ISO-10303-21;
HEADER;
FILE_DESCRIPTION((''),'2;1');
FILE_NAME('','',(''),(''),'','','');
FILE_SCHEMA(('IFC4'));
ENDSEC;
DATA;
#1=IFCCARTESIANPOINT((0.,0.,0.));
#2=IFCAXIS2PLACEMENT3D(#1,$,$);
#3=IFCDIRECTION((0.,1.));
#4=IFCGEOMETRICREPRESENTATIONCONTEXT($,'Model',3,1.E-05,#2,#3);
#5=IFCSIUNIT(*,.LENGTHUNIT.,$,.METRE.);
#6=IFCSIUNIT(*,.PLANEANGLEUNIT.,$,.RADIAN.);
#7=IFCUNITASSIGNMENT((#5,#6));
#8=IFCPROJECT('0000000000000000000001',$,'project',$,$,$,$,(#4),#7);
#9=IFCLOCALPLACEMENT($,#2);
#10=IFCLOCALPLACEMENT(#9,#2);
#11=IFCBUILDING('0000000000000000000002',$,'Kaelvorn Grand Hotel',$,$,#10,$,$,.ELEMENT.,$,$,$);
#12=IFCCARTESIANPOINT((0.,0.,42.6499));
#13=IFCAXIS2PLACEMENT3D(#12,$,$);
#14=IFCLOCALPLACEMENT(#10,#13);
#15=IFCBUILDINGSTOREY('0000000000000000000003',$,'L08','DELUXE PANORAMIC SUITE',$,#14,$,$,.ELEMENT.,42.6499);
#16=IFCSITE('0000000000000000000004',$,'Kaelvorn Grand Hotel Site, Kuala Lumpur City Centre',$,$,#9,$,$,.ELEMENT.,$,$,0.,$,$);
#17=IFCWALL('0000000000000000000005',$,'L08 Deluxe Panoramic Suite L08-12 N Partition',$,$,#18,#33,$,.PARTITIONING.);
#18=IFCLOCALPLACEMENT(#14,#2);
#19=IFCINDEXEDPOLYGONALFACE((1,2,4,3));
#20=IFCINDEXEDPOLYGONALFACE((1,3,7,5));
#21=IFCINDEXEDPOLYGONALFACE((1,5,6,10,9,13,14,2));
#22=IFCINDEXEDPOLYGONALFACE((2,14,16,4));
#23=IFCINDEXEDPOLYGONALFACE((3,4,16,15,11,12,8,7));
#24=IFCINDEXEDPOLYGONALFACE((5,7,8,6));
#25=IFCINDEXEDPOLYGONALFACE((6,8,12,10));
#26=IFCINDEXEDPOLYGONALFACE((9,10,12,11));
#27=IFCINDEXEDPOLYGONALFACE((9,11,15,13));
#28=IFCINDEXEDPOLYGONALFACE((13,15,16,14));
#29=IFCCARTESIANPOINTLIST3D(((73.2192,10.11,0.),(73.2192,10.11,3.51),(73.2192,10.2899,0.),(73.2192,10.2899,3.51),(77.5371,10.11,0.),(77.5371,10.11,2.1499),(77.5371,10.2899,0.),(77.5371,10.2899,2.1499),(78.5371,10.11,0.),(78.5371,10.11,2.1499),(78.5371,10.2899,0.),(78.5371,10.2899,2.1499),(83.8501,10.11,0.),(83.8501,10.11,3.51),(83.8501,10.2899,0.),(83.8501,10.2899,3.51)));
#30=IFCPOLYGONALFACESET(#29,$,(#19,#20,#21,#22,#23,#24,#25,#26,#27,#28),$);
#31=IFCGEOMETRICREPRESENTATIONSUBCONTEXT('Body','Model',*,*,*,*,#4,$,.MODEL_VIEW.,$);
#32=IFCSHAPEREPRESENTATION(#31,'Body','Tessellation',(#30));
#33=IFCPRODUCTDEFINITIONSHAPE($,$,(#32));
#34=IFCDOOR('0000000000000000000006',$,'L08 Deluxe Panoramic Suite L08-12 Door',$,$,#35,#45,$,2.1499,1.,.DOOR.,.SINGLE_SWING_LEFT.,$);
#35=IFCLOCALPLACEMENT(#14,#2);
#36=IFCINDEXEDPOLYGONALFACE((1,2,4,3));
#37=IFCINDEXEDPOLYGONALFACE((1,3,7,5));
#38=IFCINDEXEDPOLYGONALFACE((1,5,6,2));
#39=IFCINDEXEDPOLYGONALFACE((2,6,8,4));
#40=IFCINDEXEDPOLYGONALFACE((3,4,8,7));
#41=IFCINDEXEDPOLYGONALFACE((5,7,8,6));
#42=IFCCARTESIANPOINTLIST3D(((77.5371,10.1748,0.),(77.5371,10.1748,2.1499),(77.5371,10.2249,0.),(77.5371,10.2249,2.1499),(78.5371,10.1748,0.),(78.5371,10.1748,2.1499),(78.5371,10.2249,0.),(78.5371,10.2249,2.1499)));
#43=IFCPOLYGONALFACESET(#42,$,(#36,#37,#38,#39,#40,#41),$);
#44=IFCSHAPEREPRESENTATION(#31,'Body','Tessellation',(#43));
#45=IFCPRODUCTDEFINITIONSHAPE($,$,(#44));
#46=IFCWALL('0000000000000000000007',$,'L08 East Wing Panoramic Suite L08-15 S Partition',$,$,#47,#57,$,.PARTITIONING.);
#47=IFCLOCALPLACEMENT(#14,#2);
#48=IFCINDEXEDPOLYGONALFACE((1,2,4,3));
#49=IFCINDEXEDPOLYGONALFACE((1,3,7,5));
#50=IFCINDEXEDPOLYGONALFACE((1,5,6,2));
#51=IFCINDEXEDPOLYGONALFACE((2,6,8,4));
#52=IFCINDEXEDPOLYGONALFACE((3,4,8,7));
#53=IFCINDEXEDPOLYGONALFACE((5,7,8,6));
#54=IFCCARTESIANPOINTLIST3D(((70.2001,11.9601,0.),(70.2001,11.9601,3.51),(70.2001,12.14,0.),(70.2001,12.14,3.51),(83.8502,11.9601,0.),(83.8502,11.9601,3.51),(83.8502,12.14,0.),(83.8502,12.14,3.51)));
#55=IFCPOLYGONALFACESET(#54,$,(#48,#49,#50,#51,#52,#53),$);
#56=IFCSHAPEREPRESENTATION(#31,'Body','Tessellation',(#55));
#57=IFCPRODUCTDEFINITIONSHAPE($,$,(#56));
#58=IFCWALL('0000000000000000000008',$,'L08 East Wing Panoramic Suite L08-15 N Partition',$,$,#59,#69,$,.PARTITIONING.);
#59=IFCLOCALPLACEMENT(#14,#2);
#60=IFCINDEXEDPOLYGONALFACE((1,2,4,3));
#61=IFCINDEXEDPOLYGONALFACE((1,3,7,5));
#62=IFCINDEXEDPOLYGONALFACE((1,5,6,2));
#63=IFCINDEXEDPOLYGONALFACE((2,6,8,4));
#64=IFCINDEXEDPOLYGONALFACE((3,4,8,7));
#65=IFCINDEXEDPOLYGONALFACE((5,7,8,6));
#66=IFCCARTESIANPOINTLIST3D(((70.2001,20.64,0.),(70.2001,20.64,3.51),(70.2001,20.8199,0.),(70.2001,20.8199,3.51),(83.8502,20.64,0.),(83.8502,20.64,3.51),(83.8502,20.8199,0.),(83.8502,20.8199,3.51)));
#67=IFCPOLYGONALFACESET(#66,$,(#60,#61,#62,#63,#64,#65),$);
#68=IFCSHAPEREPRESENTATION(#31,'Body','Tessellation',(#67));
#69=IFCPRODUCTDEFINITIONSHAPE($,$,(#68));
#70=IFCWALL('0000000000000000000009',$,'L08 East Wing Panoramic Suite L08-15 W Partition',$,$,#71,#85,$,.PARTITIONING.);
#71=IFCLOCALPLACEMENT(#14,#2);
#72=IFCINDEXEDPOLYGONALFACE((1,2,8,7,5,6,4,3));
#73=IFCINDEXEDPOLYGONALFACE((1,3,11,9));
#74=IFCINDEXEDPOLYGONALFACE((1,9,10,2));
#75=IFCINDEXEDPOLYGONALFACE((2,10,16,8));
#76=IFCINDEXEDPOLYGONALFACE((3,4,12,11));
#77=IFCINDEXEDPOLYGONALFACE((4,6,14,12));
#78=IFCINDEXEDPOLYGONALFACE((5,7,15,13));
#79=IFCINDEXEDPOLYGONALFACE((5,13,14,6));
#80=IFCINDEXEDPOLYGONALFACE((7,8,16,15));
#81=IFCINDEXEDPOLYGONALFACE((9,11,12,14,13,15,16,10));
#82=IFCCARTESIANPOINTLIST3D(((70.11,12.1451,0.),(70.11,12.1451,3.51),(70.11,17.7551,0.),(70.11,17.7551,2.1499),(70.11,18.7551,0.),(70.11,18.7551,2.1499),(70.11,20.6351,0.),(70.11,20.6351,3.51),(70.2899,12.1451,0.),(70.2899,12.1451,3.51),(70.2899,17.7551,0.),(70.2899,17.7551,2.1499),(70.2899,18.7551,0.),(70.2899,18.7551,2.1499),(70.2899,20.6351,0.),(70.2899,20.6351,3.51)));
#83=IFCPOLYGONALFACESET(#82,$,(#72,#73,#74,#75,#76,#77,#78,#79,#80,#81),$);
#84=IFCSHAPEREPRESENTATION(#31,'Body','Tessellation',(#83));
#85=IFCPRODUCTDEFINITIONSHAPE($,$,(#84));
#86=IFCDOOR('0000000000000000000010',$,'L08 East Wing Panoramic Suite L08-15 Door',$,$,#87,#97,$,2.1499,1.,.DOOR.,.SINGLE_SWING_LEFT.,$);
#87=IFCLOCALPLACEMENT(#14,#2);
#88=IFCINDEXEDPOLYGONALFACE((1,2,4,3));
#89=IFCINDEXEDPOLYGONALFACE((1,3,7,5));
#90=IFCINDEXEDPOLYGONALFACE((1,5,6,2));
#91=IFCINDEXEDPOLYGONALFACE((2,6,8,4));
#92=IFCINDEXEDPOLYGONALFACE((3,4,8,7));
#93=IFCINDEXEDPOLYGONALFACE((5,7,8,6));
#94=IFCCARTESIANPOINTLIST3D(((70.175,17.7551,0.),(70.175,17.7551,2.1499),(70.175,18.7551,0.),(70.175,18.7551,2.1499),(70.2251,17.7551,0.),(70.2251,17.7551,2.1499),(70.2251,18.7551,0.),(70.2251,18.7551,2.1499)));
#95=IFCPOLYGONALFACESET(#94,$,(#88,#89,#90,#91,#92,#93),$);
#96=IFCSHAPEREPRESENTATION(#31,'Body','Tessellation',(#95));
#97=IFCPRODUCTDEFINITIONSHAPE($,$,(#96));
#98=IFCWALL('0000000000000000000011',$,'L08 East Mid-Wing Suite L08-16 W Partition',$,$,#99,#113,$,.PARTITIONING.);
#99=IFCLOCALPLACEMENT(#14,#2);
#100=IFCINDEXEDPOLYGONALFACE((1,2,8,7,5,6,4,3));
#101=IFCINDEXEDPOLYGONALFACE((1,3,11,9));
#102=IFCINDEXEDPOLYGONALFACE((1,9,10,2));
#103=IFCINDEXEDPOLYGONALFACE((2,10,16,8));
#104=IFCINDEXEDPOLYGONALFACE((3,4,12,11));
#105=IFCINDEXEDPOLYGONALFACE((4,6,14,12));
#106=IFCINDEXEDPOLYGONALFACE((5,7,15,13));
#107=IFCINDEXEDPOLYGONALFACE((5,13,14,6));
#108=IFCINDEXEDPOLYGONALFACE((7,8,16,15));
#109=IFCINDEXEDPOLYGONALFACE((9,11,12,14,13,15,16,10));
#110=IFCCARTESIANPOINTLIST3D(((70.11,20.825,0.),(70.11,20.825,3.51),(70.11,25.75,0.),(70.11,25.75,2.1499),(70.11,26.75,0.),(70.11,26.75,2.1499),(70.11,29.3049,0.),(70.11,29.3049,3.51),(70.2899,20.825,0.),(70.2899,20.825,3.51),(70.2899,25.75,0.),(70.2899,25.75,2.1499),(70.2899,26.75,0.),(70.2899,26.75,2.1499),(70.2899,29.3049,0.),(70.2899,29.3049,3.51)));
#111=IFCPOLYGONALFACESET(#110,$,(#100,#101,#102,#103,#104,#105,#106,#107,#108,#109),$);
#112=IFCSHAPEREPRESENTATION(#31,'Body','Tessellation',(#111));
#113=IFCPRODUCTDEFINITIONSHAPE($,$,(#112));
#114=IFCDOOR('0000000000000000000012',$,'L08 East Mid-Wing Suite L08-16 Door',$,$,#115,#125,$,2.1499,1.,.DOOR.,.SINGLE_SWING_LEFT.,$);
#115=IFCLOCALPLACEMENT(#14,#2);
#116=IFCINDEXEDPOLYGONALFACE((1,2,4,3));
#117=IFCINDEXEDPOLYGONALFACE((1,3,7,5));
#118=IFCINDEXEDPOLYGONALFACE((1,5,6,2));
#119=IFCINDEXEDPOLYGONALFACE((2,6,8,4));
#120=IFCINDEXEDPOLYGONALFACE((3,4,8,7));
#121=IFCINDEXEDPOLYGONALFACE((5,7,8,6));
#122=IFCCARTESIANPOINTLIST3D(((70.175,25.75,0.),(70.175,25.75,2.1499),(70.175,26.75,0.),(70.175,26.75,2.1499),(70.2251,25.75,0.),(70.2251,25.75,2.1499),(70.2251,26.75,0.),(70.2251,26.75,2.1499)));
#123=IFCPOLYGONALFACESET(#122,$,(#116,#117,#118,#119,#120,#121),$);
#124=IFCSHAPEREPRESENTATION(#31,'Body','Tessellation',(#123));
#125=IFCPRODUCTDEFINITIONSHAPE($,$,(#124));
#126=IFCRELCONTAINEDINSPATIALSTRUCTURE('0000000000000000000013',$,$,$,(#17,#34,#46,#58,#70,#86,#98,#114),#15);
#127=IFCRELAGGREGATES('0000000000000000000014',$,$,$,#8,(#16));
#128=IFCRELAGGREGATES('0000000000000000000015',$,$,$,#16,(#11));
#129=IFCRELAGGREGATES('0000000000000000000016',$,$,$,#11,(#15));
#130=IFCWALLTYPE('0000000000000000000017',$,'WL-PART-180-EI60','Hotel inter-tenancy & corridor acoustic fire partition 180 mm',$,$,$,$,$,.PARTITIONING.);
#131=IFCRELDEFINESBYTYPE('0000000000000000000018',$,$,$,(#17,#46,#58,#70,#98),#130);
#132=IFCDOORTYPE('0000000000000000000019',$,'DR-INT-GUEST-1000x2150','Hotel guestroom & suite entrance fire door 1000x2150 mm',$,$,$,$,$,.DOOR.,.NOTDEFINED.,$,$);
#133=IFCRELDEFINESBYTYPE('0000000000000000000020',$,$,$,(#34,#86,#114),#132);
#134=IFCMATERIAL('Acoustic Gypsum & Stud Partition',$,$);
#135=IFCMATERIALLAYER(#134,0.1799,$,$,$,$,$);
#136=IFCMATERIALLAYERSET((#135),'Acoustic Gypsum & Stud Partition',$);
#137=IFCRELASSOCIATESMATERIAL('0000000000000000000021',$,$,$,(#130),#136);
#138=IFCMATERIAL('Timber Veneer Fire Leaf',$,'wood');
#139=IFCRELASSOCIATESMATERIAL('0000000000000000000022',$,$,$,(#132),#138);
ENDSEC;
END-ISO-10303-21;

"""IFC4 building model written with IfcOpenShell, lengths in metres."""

from ifc_helpers import new_model, si_unit, direction, frame, frame_2d, origin, place, context, subcontext, project, spatial, rectangle, extrude, material, layer, layer_set, type_object, element, fill, save


model = new_model("IFC4")

# Units and contexts
model_context = context("Model", 3, precision=1e-05, world=origin(), true_north=direction((0.0, 1.0)))
body_context = subcontext(model_context, "Body", "Model", "MODEL_VIEW")
ifc_project = project(units=[si_unit("LENGTHUNIT", "METRE"), si_unit("PLANEANGLEUNIT", "RADIAN")], contexts=[model_context])

# Site, building, storey
site_placement = place(None, origin())
site = spatial("IfcSite", under=ifc_project, at=site_placement, Name="Kaelvorn Grand Hotel Site, Kuala Lumpur City Centre", CompositionType="ELEMENT", RefElevation=0.0)
building_placement = place(site_placement, origin())
building = spatial("IfcBuilding", under=site, at=building_placement, Name="Kaelvorn Grand Hotel", CompositionType="ELEMENT")
storey_placement = place(building_placement, frame((0.0, 0.0, 42.6499)))
storey = spatial("IfcBuildingStorey", under=building, at=storey_placement, Name="L08", Description="DELUXE PANORAMIC SUITE", CompositionType="ELEMENT", Elevation=42.6499)

# Shared definitions
ifc_material_1 = material(Name="Acoustic Gypsum & Stud Partition")

# Wall, opening, door
ifc_layer_1 = layer(ifc_material_1, 0.1799)
ifc_layer_set_1 = layer_set([ifc_layer_1], Name="Acoustic Gypsum & Stud Partition")
wall_type_1 = type_object("IfcWallType", Name="WL-PART-180-EI60", Description="Hotel inter-tenancy & corridor acoustic fire partition 180 mm", PredefinedType="PARTITIONING", material=ifc_layer_set_1)
wall_1_placement = place(storey_placement, frame((73.2192, 10.2, 0.0), z_axis=(0.0, 0.0, 1.0), x_axis=(1.0, 0.0, 0.0)))
wall_1 = element("IfcWall", 1, at=wall_1_placement, inside=storey, type_object=wall_type_1, Name="L08 Deluxe Panoramic Suite L08-12 N Partition", PredefinedType="PARTITIONING", context=body_context, shape_type="SweptSolid", body=[
    extrude(rectangle(XDim=10.6309, YDim=0.1799, at=frame_2d((5.3154, 0.0))), origin(), (0.0, 0.0, 1.0), 3.51),
])
opening_1_placement = place(wall_1_placement, frame((4.3179, 0.0, 0.0)))
opening_1 = element("IfcOpeningElement", 2, at=opening_1_placement, cuts=wall_1, PredefinedType="OPENING", context=body_context, shape_type="SweptSolid", body=[
    extrude(rectangle(XDim=1.0, YDim=2.1499, at=frame_2d((0.5, 1.075))), frame((0.0, 0.1001, 0.0), z_axis=(0.0, -1.0, 0.0), x_axis=(1.0, 0.0, 0.0)), (0.0, 0.0, 1.0), 0.2),
])
ifc_material_2 = material(Name="Timber Veneer Fire Leaf", Category="wood")
door_type_1 = type_object("IfcDoorType", Name="DR-INT-GUEST-1000x2150", Description="Hotel guestroom & suite entrance fire door 1000x2150 mm", OperationType="NOTDEFINED", PredefinedType="DOOR", material=ifc_material_2)
door_1_placement = place(opening_1_placement, origin())
door_1 = element("IfcDoor", 3, at=door_1_placement, inside=storey, type_object=door_type_1, Name="L08 Deluxe Panoramic Suite L08-12 Door", OperationType="SINGLE_SWING_LEFT", OverallHeight=2.1499, OverallWidth=1.0, PredefinedType="DOOR", context=body_context, shape_type="SweptSolid", body=[
    extrude(rectangle(XDim=1.0, YDim=2.1499, at=frame_2d((0.5, 1.075))), frame((0.0, 0.0249, 0.0), z_axis=(0.0, -1.0, 0.0), x_axis=(1.0, 0.0, 0.0)), (0.0, 0.0, 1.0), 0.05),
])
fill(opening_1, door_1)

# Walls
for number, where, z_axis, x_axis, name in (
    (4, (70.2, 12.05, 0.0), (0.0, 0.0, 1.0), (1.0, 0.0, 0.0), "L08 East Wing Panoramic Suite L08-15 S Partition"),
    (5, (70.2, 20.73, 0.0), (0.0, 0.0, 1.0), (1.0, 0.0, 0.0), "L08 East Wing Panoramic Suite L08-15 N Partition"),
):
    element("IfcWall", number, at=place(storey_placement, frame(where, z_axis=z_axis, x_axis=x_axis)), inside=storey, type_object=wall_type_1, Name=name, PredefinedType="PARTITIONING", context=body_context, shape_type="SweptSolid", body=[
        extrude(rectangle(XDim=13.6501, YDim=0.1799, at=frame_2d((6.8252, 0.0))), origin(), (0.0, 0.0, 1.0), 3.51),
    ])

# Walls, openings, doors
wall_2_placement = place(storey_placement, frame((70.2, 12.145, 0.0), z_axis=(0.0, 0.0, 1.0), x_axis=(0.0, 1.0, 0.0)))
wall_2 = element("IfcWall", 6, at=wall_2_placement, inside=storey, type_object=wall_type_1, Name="L08 East Wing Panoramic Suite L08-15 W Partition", PredefinedType="PARTITIONING", context=body_context, shape_type="SweptSolid", body=[
    extrude(rectangle(XDim=8.49, YDim=0.1799, at=frame_2d((4.2451, 0.0))), origin(), (0.0, 0.0, 1.0), 3.51),
])
opening_2_placement = place(wall_2_placement, frame((5.6101, 0.0, 0.0)))
opening_2 = element("IfcOpeningElement", 7, at=opening_2_placement, cuts=wall_2, PredefinedType="OPENING", context=body_context, shape_type="SweptSolid", body=[
    extrude(rectangle(XDim=1.0, YDim=2.1499, at=frame_2d((0.5, 1.075))), frame((0.0, 0.1001, 0.0), z_axis=(0.0, -1.0, 0.0), x_axis=(1.0, 0.0, 0.0)), (0.0, 0.0, 1.0), 0.2),
])
door_2_placement = place(opening_2_placement, origin())
door_2 = element("IfcDoor", 8, at=door_2_placement, inside=storey, type_object=door_type_1, Name="L08 East Wing Panoramic Suite L08-15 Door", OperationType="SINGLE_SWING_LEFT", OverallHeight=2.1499, OverallWidth=1.0, PredefinedType="DOOR", context=body_context, shape_type="SweptSolid", body=[
    extrude(rectangle(XDim=1.0, YDim=2.1499, at=frame_2d((0.5, 1.075))), frame((0.0, 0.0249, 0.0), z_axis=(0.0, -1.0, 0.0), x_axis=(1.0, 0.0, 0.0)), (0.0, 0.0, 1.0), 0.05),
])
fill(opening_2, door_2)
wall_3_placement = place(storey_placement, frame((70.2, 20.825, 0.0), z_axis=(0.0, 0.0, 1.0), x_axis=(0.0, 1.0, 0.0)))
wall_3 = element("IfcWall", 9, at=wall_3_placement, inside=storey, type_object=wall_type_1, Name="L08 East Mid-Wing Suite L08-16 W Partition", PredefinedType="PARTITIONING", context=body_context, shape_type="SweptSolid", body=[
    extrude(rectangle(XDim=8.48, YDim=0.1799, at=frame_2d((4.24, 0.0))), origin(), (0.0, 0.0, 1.0), 3.51),
])
opening_3_placement = place(wall_3_placement, frame((4.925, 0.0, 0.0)))
opening_3 = element("IfcOpeningElement", 10, at=opening_3_placement, cuts=wall_3, PredefinedType="OPENING", context=body_context, shape_type="SweptSolid", body=[
    extrude(rectangle(XDim=1.0, YDim=2.1499, at=frame_2d((0.5, 1.075))), frame((0.0, 0.1001, 0.0), z_axis=(0.0, -1.0, 0.0), x_axis=(1.0, 0.0, 0.0)), (0.0, 0.0, 1.0), 0.2),
])
door_3_placement = place(opening_3_placement, origin())
door_3 = element("IfcDoor", 11, at=door_3_placement, inside=storey, type_object=door_type_1, Name="L08 East Mid-Wing Suite L08-16 Door", OperationType="SINGLE_SWING_LEFT", OverallHeight=2.1499, OverallWidth=1.0, PredefinedType="DOOR", context=body_context, shape_type="SweptSolid", body=[
    extrude(rectangle(XDim=1.0, YDim=2.1499, at=frame_2d((0.5, 1.075))), frame((0.0, 0.0249, 0.0), z_axis=(0.0, -1.0, 0.0), x_axis=(1.0, 0.0, 0.0)), (0.0, 0.0, 1.0), 0.05),
])
fill(opening_3, door_3)

save(model, "model.ifc")
